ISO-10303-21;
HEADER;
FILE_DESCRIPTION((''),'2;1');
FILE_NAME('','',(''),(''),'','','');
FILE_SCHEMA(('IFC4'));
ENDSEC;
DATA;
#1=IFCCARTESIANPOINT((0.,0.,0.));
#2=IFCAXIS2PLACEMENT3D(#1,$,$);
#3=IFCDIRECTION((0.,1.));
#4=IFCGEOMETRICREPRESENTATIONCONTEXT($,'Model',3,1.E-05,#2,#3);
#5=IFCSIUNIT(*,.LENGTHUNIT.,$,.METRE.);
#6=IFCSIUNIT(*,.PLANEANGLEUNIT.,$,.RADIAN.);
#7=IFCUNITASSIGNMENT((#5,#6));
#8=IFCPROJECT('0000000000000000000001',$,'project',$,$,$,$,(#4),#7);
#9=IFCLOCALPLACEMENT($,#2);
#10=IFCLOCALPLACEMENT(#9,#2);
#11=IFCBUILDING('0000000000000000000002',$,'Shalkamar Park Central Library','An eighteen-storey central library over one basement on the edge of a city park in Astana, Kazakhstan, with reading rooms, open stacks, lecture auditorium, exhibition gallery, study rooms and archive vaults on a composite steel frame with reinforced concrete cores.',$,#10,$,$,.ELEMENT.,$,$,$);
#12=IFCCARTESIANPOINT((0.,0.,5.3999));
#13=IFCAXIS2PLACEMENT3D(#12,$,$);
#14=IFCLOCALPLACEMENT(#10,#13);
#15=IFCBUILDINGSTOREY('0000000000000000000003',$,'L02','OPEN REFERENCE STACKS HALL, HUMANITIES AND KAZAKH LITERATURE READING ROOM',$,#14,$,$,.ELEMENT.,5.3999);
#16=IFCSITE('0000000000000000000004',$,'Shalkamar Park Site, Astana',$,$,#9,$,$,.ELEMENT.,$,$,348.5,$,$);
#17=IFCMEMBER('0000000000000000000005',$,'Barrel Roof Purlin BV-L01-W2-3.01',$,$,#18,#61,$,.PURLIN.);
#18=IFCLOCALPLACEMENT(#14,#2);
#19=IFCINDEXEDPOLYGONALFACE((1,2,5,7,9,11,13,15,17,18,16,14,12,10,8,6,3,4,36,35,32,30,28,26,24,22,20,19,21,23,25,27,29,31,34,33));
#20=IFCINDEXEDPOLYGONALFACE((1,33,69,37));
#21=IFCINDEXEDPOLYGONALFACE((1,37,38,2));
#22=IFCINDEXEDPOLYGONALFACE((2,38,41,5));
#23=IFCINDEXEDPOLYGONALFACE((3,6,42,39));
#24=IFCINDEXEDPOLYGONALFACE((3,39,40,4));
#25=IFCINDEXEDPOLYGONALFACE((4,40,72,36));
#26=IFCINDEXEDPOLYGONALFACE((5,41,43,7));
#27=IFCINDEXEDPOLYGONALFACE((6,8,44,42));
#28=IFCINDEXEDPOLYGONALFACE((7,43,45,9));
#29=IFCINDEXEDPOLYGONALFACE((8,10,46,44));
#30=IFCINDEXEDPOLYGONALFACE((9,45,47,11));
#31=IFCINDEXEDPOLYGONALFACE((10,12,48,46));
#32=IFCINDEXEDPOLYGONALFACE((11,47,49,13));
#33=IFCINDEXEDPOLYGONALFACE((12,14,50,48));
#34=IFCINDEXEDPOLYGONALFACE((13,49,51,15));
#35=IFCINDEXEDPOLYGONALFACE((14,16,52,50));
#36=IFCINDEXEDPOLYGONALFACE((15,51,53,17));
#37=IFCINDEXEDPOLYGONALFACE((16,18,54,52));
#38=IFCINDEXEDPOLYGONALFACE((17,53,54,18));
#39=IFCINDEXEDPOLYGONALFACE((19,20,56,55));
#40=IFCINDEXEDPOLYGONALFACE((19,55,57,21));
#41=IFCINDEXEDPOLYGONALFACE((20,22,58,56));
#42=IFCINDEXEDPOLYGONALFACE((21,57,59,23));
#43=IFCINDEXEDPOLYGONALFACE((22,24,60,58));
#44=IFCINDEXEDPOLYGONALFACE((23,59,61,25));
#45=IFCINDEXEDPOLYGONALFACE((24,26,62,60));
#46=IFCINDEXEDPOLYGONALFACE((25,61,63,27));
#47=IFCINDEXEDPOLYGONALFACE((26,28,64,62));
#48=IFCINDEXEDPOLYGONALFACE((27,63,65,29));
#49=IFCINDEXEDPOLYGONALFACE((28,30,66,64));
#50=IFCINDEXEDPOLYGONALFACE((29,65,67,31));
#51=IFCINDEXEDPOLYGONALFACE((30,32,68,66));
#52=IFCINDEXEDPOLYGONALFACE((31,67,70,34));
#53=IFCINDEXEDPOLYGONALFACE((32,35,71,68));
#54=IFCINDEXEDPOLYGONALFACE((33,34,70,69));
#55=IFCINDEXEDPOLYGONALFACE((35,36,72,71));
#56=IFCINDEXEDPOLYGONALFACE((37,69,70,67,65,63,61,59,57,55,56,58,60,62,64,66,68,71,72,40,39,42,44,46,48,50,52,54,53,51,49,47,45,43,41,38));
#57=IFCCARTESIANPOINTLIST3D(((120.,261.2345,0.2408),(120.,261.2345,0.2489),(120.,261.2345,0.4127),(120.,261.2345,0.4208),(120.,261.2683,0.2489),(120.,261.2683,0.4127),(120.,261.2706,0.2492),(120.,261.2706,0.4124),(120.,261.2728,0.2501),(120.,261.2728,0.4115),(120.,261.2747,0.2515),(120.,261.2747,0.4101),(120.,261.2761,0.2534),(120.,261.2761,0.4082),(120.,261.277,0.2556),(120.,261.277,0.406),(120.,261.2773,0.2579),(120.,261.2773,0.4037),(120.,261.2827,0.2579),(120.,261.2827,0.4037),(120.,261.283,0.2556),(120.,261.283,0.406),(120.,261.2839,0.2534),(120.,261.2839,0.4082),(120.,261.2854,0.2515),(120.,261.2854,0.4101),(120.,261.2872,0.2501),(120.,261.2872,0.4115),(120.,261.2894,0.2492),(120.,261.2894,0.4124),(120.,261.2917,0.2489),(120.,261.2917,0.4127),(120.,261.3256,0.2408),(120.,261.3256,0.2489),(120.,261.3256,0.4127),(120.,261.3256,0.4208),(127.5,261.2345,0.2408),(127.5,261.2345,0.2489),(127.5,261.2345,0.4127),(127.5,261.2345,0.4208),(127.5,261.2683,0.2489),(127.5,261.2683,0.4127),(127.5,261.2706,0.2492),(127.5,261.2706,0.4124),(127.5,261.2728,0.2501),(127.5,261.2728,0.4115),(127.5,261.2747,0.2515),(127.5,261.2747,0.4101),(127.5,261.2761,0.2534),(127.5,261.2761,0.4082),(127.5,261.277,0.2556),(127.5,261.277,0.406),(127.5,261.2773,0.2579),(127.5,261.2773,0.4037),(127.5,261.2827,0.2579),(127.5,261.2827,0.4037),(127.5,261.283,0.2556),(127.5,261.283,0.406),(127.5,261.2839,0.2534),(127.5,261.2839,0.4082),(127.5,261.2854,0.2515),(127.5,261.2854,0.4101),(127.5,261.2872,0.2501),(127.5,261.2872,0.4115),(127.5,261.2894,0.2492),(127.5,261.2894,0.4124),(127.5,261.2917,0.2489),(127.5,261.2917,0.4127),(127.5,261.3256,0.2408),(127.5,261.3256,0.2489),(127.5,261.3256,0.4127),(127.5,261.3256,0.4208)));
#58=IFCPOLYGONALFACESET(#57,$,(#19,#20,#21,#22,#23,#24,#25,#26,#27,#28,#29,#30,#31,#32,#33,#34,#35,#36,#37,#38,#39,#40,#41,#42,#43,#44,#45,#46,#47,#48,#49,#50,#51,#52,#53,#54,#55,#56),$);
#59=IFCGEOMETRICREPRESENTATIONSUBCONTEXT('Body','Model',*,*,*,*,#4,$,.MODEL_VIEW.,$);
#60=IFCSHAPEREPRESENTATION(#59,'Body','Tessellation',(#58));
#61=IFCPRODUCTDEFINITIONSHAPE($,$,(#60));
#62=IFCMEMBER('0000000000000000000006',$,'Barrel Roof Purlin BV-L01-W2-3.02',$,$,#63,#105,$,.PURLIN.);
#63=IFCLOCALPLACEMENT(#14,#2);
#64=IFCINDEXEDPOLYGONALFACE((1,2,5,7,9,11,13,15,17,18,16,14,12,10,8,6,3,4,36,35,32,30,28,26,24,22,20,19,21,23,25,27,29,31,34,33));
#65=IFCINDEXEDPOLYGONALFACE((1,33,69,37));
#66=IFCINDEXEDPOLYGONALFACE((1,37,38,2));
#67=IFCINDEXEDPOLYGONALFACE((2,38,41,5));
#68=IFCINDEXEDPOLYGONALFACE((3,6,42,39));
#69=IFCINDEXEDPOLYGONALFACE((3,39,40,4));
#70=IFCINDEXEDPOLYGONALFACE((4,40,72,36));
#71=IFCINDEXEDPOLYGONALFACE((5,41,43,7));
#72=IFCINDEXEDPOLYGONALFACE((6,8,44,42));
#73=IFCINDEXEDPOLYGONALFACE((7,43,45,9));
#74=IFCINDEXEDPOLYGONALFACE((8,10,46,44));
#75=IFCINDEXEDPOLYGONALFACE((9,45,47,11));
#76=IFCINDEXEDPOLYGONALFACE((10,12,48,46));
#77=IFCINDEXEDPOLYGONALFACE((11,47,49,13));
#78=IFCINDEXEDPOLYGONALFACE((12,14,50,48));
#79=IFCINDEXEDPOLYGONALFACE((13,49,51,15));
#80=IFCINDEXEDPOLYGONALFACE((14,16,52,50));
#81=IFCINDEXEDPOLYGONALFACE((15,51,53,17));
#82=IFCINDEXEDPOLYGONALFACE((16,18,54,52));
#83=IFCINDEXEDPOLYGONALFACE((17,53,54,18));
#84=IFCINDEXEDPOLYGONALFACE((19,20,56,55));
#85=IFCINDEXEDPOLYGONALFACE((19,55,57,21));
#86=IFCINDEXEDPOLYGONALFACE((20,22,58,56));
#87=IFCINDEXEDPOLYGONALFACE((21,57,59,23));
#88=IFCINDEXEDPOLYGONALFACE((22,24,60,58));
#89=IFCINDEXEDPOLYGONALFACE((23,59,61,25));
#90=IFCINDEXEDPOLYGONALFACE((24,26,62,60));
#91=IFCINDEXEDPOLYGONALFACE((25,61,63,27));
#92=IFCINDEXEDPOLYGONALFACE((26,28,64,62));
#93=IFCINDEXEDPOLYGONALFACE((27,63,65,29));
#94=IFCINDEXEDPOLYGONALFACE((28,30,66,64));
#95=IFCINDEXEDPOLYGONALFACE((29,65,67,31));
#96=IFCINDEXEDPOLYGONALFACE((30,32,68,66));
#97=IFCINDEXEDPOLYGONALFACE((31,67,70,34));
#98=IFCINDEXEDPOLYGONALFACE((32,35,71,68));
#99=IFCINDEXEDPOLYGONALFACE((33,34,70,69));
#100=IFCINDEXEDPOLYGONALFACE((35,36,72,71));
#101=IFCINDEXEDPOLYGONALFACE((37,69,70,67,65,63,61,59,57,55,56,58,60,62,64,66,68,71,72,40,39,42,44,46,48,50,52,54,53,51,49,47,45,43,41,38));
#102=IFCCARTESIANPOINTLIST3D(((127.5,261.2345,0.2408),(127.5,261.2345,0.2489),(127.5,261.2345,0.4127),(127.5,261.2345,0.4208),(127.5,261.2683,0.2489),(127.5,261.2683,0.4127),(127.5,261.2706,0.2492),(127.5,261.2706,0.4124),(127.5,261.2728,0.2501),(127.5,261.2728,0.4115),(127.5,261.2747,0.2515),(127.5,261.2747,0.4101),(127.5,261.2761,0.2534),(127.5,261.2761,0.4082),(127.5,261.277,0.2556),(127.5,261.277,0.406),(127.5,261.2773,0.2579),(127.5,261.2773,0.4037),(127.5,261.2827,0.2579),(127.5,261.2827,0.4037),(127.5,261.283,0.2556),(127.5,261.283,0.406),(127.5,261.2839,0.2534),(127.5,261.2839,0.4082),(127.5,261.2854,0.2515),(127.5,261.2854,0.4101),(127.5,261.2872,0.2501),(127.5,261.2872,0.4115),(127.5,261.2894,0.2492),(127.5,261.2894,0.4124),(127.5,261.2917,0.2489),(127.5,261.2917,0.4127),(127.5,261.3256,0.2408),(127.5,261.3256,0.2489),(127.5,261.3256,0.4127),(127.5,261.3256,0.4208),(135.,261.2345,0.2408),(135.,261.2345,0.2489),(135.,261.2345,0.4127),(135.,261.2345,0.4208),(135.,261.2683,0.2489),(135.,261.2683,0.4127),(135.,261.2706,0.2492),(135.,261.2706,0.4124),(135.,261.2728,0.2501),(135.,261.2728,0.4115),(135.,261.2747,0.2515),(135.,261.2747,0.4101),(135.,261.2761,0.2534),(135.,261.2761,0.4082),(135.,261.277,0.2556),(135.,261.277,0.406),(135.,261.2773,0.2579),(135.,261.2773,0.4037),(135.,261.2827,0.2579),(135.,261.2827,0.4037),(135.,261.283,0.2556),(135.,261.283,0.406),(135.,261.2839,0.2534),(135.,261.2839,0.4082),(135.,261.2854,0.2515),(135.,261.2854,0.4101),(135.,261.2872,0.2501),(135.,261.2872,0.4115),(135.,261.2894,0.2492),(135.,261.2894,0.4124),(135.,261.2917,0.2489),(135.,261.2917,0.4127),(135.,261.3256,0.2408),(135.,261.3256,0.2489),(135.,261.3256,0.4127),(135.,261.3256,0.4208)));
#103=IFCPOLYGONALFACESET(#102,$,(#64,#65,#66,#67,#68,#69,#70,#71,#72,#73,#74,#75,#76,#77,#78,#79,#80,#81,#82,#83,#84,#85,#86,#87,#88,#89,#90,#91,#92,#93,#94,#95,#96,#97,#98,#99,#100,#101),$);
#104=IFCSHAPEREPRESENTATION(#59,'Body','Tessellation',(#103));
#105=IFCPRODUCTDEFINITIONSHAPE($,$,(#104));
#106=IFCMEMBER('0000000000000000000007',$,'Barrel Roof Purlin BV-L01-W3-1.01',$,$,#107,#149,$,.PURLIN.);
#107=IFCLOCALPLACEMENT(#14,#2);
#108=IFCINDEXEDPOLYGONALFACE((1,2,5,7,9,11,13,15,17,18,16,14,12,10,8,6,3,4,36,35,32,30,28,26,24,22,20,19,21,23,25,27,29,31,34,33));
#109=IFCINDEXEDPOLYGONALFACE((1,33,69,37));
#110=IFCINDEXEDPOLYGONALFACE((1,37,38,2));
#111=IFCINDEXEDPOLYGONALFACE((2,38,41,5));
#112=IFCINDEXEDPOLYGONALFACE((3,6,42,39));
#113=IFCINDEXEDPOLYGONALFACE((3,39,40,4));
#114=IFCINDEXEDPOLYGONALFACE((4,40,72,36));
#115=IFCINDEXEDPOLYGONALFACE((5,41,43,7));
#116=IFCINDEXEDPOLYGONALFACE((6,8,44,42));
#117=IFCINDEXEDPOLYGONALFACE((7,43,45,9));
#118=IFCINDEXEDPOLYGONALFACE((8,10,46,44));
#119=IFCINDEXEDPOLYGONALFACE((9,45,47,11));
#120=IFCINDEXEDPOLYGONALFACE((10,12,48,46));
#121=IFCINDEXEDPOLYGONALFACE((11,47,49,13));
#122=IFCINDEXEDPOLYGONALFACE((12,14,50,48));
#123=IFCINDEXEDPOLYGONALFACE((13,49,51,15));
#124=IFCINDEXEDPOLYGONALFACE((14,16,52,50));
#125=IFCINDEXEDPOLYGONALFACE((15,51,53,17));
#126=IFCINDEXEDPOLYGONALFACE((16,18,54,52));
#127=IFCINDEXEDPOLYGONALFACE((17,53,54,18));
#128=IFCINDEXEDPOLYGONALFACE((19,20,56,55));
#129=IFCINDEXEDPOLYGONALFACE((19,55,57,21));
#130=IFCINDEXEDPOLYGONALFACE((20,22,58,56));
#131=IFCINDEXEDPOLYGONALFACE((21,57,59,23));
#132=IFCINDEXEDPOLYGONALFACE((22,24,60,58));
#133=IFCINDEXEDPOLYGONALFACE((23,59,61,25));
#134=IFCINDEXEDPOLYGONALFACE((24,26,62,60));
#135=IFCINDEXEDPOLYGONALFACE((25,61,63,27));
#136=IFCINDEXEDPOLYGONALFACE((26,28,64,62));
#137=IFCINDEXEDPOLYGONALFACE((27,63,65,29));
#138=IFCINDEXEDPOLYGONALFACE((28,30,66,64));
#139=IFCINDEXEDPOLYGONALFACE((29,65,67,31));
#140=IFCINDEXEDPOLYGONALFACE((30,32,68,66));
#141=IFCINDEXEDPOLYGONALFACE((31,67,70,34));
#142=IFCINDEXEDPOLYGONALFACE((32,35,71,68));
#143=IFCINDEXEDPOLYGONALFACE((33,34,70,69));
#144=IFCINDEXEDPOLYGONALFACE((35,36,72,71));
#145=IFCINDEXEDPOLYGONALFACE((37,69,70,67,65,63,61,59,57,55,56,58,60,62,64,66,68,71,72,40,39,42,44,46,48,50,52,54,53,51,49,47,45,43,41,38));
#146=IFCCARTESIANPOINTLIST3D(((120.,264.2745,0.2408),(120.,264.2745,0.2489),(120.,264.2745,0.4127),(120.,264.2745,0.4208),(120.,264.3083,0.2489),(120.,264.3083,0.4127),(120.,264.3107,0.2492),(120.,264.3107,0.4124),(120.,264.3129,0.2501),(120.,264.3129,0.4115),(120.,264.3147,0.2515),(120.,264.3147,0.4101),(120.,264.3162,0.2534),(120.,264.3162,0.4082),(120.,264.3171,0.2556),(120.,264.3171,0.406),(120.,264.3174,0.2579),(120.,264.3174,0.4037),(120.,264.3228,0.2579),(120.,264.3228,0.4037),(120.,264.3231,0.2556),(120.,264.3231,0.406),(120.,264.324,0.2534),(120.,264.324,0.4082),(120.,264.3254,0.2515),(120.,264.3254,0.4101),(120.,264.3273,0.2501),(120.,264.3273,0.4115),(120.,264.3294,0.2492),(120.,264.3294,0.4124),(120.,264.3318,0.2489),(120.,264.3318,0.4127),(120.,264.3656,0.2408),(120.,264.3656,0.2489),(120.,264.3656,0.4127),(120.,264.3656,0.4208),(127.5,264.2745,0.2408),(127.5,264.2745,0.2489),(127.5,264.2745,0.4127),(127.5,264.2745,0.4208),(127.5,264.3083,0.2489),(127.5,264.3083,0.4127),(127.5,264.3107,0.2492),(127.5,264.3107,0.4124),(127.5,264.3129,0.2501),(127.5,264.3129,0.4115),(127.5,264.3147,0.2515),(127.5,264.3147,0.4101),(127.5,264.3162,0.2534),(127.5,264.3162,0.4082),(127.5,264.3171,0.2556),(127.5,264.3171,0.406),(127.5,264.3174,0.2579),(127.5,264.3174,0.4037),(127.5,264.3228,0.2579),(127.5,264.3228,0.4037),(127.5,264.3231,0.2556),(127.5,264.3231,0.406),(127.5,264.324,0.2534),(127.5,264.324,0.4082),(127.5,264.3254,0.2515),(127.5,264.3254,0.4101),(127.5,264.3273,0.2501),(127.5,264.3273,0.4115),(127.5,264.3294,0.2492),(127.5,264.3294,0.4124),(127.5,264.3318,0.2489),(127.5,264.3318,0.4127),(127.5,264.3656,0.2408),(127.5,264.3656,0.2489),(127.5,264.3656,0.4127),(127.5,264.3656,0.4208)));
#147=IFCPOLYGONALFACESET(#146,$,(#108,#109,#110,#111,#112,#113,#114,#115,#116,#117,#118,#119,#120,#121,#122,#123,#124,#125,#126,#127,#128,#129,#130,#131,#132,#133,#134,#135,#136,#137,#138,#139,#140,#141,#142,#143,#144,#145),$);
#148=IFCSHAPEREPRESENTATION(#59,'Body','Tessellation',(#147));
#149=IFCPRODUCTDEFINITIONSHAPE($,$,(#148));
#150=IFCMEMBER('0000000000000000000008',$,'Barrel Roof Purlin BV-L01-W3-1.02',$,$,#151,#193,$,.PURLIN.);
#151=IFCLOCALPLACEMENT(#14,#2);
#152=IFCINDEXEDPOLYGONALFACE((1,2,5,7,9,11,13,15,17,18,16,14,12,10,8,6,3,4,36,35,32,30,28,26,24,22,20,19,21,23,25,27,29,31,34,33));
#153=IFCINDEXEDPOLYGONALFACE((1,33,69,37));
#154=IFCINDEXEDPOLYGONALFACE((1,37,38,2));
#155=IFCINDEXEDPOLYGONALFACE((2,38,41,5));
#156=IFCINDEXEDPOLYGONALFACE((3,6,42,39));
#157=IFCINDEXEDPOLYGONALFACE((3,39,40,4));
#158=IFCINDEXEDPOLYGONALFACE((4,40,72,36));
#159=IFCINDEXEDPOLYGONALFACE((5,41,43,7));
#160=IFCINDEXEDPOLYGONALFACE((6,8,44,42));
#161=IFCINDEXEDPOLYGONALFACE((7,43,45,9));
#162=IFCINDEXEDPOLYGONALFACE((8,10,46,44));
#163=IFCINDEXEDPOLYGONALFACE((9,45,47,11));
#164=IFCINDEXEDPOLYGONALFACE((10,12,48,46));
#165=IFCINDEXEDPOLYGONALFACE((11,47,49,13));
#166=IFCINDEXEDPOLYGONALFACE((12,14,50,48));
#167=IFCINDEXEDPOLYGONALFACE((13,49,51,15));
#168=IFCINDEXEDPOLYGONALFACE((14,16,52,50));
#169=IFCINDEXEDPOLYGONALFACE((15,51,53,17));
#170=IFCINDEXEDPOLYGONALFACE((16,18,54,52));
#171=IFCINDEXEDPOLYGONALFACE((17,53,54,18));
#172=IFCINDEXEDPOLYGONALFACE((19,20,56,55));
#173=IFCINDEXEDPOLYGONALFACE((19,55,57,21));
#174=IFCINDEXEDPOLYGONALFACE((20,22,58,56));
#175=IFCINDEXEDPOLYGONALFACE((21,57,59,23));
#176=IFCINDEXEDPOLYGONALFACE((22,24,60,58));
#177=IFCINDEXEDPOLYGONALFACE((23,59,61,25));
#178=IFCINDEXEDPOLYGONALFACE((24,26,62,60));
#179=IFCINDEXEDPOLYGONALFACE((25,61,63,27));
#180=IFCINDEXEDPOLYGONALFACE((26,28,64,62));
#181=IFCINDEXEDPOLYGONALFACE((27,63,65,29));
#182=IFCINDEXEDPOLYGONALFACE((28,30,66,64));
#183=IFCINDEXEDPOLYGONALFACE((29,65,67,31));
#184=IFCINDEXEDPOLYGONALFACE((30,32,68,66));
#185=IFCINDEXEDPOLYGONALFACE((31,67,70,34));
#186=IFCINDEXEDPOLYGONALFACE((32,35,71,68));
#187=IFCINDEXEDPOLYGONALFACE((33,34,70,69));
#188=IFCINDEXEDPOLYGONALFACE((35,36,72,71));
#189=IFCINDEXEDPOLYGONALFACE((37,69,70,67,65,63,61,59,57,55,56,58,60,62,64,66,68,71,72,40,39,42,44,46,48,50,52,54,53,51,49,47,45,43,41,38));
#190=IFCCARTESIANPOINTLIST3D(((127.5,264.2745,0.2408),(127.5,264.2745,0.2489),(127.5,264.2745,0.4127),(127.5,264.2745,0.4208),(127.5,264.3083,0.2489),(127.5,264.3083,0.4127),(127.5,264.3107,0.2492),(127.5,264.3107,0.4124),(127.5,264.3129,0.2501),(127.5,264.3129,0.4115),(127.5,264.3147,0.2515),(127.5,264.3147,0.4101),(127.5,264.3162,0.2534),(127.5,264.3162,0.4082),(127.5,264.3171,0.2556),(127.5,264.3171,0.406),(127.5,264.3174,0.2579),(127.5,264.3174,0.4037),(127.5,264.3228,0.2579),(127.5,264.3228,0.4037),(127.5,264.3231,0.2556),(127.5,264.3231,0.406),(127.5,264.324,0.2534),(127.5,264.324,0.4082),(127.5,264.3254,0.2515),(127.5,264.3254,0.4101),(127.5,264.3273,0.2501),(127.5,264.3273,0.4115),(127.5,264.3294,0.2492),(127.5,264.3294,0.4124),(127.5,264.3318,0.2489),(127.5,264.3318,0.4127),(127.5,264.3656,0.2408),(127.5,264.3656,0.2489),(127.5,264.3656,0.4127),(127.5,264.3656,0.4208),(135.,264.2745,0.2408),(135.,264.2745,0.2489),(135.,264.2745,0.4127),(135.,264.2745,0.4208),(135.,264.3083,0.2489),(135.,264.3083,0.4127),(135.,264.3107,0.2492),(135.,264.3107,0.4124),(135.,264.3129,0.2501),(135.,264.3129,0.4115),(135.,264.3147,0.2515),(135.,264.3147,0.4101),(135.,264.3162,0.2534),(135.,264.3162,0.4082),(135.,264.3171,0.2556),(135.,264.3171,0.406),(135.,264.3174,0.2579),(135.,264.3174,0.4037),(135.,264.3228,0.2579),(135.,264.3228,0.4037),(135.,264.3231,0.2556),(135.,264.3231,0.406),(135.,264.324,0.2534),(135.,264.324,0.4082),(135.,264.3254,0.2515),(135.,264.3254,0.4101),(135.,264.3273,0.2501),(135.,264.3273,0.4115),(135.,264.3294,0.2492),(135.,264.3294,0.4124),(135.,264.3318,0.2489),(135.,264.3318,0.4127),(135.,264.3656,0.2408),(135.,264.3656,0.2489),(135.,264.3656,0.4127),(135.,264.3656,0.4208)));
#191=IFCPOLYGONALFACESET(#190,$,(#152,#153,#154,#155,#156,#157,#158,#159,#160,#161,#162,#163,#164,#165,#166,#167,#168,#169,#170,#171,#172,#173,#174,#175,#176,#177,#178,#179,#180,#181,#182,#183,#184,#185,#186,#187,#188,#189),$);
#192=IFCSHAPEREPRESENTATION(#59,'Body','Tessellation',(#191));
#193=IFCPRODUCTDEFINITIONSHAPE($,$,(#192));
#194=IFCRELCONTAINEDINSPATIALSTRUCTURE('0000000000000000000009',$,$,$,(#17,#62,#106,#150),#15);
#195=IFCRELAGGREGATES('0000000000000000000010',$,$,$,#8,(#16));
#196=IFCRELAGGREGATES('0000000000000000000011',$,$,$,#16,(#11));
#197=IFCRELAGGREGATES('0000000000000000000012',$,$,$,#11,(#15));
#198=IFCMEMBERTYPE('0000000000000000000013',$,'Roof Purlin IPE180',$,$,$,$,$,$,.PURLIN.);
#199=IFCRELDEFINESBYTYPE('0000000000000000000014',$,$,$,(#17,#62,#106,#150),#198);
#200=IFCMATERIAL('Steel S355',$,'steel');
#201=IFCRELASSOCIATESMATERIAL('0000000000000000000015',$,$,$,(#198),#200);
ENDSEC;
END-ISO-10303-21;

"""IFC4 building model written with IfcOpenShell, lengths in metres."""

from ifc_helpers import new_model, si_unit, direction, frame, origin, origin_2d, place, context, subcontext, project, spatial, i_section, extrude, material, material_profile, profile_set, type_object, element, save


model = new_model("IFC4")

# Units and contexts
model_context = context("Model", 3, precision=1e-05, world=origin(), true_north=direction((0.0, 1.0)))
body_context = subcontext(model_context, "Body", "Model", "MODEL_VIEW")
ifc_project = project(units=[si_unit("LENGTHUNIT", "METRE"), si_unit("PLANEANGLEUNIT", "RADIAN")], contexts=[model_context])

# Site, building, storey
site_placement = place(None, origin())
site = spatial("IfcSite", under=ifc_project, at=site_placement, Name="Shalkamar Park Site, Astana", CompositionType="ELEMENT", RefElevation=348.5)
building_placement = place(site_placement, origin())
building = spatial("IfcBuilding", under=site, at=building_placement, Name="Shalkamar Park Central Library", Description="An eighteen-storey central library over one basement on the edge of a city park in Astana, Kazakhstan, with reading rooms, open stacks, lecture auditorium, exhibition gallery, study rooms and archive vaults on a composite steel frame with reinforced concrete cores.", CompositionType="ELEMENT")
storey_placement = place(building_placement, frame((0.0, 0.0, 5.3999)))
storey = spatial("IfcBuildingStorey", under=building, at=storey_placement, Name="L02", Description="OPEN REFERENCE STACKS HALL, HUMANITIES AND KAZAKH LITERATURE READING ROOM", CompositionType="ELEMENT", Elevation=5.3999)

# Members
ifc_material_1 = material(Name="Steel S355", Category="steel")
ifc_material_profile_1 = material_profile(ifc_material_1, i_section(OverallWidth=0.0911, OverallDepth=0.1799, WebThickness=0.0054, FlangeThickness=0.0081, FilletRadius=0.009, at=origin_2d()), Name="IPE 180")
ifc_profile_set_1 = profile_set([ifc_material_profile_1], Name="Steel S355")
member_type_1 = type_object("IfcMemberType", Name="Roof Purlin IPE180", PredefinedType="PURLIN", material=ifc_profile_set_1)
for number, where, z_axis, x_axis, name in (
    (1, (120.0, 261.28, 0.3308), (1.0, 0.0, 0.0), (0.0, 1.0, 0.0), "Barrel Roof Purlin BV-L01-W2-3.01"),
    (2, (127.5, 261.28, 0.3308), (1.0, 0.0, 0.0), (0.0, 1.0, 0.0), "Barrel Roof Purlin BV-L01-W2-3.02"),
    (3, (120.0, 264.3201, 0.3308), (1.0, 0.0, 0.0), (0.0, 1.0, 0.0), "Barrel Roof Purlin BV-L01-W3-1.01"),
    (4, (127.5, 264.3201, 0.3308), (1.0, 0.0, 0.0), (0.0, 1.0, 0.0), "Barrel Roof Purlin BV-L01-W3-1.02"),
):
    element("IfcMember", number, at=place(storey_placement, frame(where, z_axis=z_axis, x_axis=x_axis)), inside=storey, type_object=member_type_1, Name=name, PredefinedType="PURLIN", context=body_context, shape_type="SweptSolid", body=[
        extrude(i_section(OverallWidth=0.0911, OverallDepth=0.1799, WebThickness=0.0054, FlangeThickness=0.0081, FilletRadius=0.009, at=origin_2d()), origin(), (0.0, 0.0, 1.0), 7.5),
    ])

save(model, "model.ifc")
